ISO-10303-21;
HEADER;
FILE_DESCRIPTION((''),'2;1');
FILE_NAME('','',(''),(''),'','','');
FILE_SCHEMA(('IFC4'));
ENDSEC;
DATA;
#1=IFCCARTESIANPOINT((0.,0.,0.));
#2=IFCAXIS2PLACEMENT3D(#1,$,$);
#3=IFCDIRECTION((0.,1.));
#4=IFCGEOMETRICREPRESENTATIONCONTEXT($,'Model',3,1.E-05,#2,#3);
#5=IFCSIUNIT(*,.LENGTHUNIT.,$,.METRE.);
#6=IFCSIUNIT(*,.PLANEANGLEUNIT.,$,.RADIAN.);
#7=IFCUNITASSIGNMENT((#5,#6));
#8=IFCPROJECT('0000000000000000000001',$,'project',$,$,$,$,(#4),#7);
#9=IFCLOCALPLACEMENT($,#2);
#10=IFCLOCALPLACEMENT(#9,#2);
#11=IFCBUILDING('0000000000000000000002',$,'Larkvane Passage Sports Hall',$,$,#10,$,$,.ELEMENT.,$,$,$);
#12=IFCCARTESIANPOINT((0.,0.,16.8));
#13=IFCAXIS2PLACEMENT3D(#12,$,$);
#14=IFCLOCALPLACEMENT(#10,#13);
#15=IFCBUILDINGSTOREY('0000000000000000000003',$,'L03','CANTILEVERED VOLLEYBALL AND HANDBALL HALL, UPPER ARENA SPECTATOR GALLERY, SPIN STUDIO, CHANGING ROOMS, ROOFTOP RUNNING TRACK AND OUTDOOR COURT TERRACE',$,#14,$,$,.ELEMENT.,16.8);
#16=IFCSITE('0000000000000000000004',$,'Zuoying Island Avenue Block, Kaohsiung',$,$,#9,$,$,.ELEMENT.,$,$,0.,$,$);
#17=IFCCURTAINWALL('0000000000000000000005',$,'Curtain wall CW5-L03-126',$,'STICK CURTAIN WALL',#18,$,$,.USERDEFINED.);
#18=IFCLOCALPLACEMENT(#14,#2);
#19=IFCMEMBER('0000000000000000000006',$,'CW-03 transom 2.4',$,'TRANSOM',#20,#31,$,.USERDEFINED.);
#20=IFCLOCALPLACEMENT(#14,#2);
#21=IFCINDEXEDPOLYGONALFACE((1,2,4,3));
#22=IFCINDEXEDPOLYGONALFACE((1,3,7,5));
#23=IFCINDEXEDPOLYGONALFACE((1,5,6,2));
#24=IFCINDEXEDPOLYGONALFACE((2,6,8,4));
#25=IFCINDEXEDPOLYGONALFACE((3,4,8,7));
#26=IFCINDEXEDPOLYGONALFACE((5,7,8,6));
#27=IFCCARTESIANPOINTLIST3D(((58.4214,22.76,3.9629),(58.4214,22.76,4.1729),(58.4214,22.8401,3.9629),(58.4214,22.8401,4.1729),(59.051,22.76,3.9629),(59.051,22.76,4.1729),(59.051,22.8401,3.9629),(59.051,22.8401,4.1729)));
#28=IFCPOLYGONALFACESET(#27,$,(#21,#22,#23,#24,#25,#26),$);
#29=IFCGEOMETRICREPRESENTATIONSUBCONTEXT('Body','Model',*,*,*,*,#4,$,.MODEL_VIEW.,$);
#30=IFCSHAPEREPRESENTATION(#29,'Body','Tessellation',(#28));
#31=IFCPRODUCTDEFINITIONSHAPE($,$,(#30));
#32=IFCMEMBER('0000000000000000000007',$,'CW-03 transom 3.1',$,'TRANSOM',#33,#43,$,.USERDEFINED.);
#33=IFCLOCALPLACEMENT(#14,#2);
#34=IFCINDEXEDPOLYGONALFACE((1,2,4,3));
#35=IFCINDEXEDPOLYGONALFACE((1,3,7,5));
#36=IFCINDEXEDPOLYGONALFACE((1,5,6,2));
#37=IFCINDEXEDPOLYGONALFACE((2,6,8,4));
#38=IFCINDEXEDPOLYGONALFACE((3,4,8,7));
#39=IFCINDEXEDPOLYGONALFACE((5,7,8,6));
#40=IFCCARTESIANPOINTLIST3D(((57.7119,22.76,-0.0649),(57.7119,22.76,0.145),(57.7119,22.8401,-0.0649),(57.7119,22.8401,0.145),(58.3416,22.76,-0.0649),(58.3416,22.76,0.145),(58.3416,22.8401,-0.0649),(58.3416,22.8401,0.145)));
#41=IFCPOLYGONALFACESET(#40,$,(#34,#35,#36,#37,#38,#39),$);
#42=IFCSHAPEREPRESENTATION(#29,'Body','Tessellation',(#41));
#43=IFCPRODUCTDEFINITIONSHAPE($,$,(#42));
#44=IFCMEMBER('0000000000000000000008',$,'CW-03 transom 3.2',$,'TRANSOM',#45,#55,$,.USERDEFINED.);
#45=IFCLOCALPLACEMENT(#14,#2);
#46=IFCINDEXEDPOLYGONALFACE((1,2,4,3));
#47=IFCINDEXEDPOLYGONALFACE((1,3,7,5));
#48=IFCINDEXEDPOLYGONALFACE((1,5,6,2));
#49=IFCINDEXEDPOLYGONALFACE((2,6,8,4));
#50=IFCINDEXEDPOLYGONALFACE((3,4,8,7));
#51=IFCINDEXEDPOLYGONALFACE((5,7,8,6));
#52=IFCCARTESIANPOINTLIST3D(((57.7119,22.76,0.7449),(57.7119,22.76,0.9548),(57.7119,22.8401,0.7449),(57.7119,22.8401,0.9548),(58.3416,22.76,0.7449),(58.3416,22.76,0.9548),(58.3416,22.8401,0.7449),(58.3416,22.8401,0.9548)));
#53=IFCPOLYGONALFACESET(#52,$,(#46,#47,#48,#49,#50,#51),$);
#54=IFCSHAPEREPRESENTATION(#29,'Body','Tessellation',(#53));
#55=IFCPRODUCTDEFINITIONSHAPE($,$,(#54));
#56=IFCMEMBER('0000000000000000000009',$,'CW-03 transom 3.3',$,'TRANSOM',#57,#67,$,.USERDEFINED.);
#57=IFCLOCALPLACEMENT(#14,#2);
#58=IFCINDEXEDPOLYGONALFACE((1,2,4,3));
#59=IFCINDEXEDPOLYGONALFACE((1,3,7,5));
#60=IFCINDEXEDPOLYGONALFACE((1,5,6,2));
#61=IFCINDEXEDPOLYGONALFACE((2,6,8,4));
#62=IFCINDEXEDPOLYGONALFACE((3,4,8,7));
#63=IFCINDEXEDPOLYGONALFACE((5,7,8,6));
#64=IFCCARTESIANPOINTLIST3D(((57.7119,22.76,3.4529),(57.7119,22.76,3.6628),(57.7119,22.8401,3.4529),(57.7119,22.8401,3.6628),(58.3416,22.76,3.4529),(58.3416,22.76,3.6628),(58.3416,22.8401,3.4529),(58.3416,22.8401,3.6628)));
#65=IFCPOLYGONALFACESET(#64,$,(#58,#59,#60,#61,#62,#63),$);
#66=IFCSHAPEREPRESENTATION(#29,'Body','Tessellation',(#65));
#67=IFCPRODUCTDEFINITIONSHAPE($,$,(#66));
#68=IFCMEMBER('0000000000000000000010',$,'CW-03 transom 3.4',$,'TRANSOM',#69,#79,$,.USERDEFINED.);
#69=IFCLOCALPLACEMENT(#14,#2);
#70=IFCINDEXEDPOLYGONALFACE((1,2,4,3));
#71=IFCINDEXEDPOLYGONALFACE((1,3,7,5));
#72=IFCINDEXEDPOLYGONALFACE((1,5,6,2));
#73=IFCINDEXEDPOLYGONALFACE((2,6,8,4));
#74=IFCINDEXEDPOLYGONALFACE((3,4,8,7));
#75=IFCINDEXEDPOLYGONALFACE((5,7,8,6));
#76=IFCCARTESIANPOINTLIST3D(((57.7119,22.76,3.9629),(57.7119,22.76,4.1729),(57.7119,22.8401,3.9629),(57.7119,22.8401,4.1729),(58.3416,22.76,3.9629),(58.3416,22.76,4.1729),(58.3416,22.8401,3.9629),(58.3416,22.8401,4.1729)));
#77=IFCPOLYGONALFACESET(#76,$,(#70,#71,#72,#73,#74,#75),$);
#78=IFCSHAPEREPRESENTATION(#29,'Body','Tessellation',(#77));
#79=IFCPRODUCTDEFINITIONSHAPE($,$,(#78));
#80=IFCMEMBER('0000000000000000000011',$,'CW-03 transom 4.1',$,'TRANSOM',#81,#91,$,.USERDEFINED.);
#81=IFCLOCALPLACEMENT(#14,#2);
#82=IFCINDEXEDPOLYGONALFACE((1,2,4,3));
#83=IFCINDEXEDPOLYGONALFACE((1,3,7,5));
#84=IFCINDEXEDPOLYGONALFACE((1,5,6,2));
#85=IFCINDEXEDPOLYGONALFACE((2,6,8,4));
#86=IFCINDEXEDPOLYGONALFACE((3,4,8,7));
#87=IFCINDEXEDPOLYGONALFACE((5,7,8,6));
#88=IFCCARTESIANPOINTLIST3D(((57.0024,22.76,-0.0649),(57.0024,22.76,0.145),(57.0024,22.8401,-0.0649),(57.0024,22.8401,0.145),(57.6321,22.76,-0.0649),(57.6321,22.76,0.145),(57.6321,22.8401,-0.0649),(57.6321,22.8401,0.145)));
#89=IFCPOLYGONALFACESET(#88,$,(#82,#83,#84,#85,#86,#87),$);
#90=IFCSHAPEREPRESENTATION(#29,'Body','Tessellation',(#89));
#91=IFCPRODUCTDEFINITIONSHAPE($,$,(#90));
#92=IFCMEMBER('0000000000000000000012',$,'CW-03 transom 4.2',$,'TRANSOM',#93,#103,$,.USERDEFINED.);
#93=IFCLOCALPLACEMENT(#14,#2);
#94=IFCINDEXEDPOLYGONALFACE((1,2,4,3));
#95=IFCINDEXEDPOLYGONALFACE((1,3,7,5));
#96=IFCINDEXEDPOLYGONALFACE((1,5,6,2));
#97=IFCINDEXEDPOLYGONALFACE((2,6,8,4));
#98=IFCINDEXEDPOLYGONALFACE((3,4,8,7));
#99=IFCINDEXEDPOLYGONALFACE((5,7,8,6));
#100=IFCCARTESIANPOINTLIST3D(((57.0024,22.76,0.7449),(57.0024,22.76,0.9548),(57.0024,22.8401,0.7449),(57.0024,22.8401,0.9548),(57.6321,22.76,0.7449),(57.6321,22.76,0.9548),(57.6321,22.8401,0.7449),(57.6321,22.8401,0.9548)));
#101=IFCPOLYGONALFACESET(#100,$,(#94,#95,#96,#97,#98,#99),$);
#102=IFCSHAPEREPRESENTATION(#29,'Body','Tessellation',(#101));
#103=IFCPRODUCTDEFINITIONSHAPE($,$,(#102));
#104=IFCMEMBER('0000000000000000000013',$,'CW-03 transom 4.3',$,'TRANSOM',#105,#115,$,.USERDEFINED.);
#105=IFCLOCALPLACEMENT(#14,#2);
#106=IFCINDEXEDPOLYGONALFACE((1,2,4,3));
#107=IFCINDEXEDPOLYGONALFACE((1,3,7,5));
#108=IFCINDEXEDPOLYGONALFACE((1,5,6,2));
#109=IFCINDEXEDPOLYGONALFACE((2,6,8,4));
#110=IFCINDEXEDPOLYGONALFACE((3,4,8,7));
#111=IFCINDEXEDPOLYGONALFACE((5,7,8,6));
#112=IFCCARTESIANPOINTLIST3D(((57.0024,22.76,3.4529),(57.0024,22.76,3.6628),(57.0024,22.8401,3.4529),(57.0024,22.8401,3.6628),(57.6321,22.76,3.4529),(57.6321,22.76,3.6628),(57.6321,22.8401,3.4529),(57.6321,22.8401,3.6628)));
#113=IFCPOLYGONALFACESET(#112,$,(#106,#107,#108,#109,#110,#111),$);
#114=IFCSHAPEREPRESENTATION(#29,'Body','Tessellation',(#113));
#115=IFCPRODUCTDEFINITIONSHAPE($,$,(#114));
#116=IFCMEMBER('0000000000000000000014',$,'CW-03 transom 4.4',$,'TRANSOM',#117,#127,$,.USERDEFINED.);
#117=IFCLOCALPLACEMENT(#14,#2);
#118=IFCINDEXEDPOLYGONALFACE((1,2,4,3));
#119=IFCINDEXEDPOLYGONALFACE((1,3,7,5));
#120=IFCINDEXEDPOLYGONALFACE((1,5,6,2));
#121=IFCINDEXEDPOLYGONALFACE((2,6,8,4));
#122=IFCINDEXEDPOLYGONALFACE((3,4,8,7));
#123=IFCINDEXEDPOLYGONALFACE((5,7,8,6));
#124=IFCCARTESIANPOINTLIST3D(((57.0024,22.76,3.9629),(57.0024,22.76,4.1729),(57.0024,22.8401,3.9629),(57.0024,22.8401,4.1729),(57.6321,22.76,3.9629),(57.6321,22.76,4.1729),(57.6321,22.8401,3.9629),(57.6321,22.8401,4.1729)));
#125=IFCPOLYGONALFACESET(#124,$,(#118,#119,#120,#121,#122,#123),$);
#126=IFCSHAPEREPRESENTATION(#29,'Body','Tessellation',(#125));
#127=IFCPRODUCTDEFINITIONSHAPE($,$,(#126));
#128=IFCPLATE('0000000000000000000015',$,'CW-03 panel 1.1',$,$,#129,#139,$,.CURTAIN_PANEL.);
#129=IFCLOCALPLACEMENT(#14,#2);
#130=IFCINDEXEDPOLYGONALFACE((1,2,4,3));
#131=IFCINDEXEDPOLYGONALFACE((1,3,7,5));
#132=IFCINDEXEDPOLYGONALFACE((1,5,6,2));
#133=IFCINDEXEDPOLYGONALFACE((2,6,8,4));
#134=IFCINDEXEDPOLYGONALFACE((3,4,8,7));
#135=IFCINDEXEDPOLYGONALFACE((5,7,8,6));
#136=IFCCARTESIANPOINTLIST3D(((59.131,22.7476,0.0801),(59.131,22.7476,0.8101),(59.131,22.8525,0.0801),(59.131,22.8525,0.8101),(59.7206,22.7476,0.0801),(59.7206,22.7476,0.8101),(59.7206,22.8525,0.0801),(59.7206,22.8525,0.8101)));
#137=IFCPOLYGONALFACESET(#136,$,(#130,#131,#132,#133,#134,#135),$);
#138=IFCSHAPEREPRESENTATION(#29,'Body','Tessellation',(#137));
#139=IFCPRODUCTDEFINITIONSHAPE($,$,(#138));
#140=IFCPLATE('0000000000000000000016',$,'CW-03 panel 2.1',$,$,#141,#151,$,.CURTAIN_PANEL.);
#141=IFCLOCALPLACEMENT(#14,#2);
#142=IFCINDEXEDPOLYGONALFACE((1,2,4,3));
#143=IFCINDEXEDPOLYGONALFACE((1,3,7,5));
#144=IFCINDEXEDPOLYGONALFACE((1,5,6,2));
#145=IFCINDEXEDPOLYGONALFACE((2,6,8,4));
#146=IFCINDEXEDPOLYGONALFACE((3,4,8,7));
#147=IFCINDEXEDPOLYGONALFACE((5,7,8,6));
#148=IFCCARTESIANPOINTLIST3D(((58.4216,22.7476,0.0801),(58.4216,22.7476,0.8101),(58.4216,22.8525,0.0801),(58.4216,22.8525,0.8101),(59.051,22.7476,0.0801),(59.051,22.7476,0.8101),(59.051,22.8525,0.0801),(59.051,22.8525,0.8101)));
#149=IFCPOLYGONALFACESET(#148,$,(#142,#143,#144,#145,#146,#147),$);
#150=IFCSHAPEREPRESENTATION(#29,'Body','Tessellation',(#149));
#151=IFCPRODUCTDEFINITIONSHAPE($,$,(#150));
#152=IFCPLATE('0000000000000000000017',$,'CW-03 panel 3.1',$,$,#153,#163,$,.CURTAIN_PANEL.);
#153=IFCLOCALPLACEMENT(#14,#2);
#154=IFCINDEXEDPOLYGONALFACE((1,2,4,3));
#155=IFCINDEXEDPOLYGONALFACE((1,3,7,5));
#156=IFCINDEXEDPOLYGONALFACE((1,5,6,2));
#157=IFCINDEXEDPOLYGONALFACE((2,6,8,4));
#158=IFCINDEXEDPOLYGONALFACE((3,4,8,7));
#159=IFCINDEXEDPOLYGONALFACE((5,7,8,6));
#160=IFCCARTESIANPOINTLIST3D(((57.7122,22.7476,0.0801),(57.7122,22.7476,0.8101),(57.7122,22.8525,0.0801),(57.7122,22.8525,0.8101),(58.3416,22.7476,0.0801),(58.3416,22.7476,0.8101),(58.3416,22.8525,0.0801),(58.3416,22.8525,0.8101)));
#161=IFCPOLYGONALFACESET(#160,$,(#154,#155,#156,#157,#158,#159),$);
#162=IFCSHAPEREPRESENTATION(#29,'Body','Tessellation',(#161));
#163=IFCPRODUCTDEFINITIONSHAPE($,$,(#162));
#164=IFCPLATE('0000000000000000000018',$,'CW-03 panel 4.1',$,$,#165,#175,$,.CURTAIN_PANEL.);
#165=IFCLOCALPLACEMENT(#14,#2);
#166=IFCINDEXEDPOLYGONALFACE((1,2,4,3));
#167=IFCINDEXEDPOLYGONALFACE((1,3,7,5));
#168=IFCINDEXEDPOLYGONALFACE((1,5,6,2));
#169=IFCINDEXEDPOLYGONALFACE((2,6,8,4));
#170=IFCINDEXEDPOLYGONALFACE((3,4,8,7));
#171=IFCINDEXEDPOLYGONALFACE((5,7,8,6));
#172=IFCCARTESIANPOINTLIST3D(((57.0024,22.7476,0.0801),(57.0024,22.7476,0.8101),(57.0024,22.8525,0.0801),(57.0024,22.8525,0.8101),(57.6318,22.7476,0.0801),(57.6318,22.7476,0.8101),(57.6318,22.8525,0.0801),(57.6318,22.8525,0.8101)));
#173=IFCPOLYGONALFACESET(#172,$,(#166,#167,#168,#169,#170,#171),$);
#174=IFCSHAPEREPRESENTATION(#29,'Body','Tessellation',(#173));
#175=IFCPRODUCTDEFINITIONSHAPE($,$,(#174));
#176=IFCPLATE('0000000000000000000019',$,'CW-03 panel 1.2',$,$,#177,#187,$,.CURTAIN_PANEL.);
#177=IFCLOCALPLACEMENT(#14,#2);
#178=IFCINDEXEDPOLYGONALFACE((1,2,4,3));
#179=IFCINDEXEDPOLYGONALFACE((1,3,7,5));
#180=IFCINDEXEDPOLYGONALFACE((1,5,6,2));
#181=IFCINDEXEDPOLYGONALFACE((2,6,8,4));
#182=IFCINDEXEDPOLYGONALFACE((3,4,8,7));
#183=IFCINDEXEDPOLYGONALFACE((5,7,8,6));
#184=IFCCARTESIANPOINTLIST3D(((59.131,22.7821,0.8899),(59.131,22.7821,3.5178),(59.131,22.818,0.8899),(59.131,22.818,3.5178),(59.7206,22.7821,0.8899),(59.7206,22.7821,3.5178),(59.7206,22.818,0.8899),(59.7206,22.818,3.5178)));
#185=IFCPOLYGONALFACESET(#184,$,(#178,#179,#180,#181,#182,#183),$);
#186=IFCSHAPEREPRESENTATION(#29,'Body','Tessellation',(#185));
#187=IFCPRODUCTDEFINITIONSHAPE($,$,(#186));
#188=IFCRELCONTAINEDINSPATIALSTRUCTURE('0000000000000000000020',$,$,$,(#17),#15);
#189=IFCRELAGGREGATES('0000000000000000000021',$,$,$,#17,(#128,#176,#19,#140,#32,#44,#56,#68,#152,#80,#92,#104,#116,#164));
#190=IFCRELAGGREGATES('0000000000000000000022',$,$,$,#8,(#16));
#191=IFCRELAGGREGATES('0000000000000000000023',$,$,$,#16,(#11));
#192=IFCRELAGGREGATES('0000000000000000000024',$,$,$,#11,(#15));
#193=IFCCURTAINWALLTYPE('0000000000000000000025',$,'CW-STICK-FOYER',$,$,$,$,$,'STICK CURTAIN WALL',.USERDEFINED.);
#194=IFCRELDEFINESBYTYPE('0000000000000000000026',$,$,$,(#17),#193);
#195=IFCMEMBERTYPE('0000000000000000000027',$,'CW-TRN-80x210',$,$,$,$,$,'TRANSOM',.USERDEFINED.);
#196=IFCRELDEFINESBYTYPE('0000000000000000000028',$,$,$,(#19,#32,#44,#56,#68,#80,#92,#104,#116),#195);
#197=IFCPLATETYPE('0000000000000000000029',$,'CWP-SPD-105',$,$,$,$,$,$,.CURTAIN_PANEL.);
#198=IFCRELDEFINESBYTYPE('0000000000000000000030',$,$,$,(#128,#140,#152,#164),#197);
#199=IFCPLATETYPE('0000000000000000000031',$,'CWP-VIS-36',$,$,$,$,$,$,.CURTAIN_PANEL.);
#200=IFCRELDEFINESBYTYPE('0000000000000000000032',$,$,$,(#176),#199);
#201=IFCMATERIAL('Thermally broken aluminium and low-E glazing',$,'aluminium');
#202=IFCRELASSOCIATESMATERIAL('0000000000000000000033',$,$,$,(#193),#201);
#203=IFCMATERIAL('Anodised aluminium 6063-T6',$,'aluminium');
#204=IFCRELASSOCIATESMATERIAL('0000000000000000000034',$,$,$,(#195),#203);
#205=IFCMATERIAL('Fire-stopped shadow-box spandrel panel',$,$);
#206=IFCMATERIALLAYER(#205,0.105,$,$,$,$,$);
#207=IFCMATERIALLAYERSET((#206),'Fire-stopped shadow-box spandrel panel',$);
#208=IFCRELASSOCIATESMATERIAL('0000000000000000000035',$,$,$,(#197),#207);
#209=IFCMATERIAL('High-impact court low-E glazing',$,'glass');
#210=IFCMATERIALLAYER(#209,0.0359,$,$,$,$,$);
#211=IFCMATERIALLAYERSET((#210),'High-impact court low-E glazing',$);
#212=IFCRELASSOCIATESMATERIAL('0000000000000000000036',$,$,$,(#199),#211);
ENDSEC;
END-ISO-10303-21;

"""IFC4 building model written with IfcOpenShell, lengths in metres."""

from ifc_helpers import new_model, si_unit, direction, frame, origin, origin_2d, place, context, subcontext, project, spatial, rectangle, extrude, material, layer, layer_set, material_profile, profile_set, type_object, element, aggregate, save


model = new_model("IFC4")

# Units and contexts
model_context = context("Model", 3, precision=1e-05, world=origin(), true_north=direction((0.0, 1.0)))
body_context = subcontext(model_context, "Body", "Model", "MODEL_VIEW")
ifc_project = project(units=[si_unit("LENGTHUNIT", "METRE"), si_unit("PLANEANGLEUNIT", "RADIAN")], contexts=[model_context])

# Site, building, storey
site_placement = place(None, origin())
site = spatial("IfcSite", under=ifc_project, at=site_placement, Name="Zuoying Island Avenue Block, Kaohsiung", CompositionType="ELEMENT", RefElevation=0.0)
building_placement = place(site_placement, origin())
building = spatial("IfcBuilding", under=site, at=building_placement, Name="Larkvane Passage Sports Hall", CompositionType="ELEMENT")
storey_placement = place(building_placement, frame((0.0, 0.0, 16.8)))
storey = spatial("IfcBuildingStorey", under=building, at=storey_placement, Name="L03", Description="CANTILEVERED VOLLEYBALL AND HANDBALL HALL, UPPER ARENA SPECTATOR GALLERY, SPIN STUDIO, CHANGING ROOMS, ROOFTOP RUNNING TRACK AND OUTDOOR COURT TERRACE", CompositionType="ELEMENT", Elevation=16.8)

# Curtain wall, members, plates
ifc_material_1 = material(Name="Thermally broken aluminium and low-E glazing", Category="aluminium")
curtain_wall_type = type_object("IfcCurtainWallType", Name="CW-STICK-FOYER", ElementType="STICK CURTAIN WALL", PredefinedType="USERDEFINED", material=ifc_material_1)
curtain_wall_placement = place(storey_placement, origin())
curtain_wall = element("IfcCurtainWall", 1, at=curtain_wall_placement, inside=storey, type_object=curtain_wall_type, Name="Curtain wall CW5-L03-126", ObjectType="STICK CURTAIN WALL", PredefinedType="USERDEFINED")
ifc_material_2 = material(Name="Anodised aluminium 6063-T6", Category="aluminium")
ifc_material_profile_1 = material_profile(ifc_material_2, rectangle(XDim=0.0801, YDim=0.21, at=origin_2d()), Name="ALU-TRN-80x210")
ifc_profile_set_1 = profile_set([ifc_material_profile_1], Name="Anodised aluminium 6063-T6")
member_type_1 = type_object("IfcMemberType", Name="CW-TRN-80x210", ElementType="TRANSOM", PredefinedType="USERDEFINED", material=ifc_profile_set_1)
member_1_placement = place(storey_placement, frame((59.051, 22.8, 4.0679), z_axis=(-1.0, 0.0, 0.0), x_axis=(0.0, -1.0, 0.0)))
member_1 = element("IfcMember", 2, at=member_1_placement, type_object=member_type_1, Name="CW-03 transom 2.4", ObjectType="TRANSOM", PredefinedType="USERDEFINED", context=body_context, shape_type="SweptSolid", body=[
    extrude(rectangle(XDim=0.0801, YDim=0.21, at=origin_2d()), origin(), (0.0, 0.0, 1.0), 0.6296),
])
member_2_placement = place(storey_placement, frame((58.3416, 22.8, 0.04), z_axis=(-1.0, 0.0, 0.0), x_axis=(0.0, -1.0, 0.0)))
member_2 = element("IfcMember", 3, at=member_2_placement, type_object=member_type_1, Name="CW-03 transom 3.1", ObjectType="TRANSOM", PredefinedType="USERDEFINED", context=body_context, shape_type="SweptSolid", body=[
    extrude(rectangle(XDim=0.0801, YDim=0.21, at=origin_2d()), origin(), (0.0, 0.0, 1.0), 0.6296),
])
member_3_placement = place(storey_placement, frame((58.3416, 22.8, 0.8499), z_axis=(-1.0, 0.0, 0.0), x_axis=(0.0, -1.0, 0.0)))
member_3 = element("IfcMember", 4, at=member_3_placement, type_object=member_type_1, Name="CW-03 transom 3.2", ObjectType="TRANSOM", PredefinedType="USERDEFINED", context=body_context, shape_type="SweptSolid", body=[
    extrude(rectangle(XDim=0.0801, YDim=0.21, at=origin_2d()), origin(), (0.0, 0.0, 1.0), 0.6296),
])
member_4_placement = place(storey_placement, frame((58.3416, 22.8, 3.5579), z_axis=(-1.0, 0.0, 0.0), x_axis=(0.0, -1.0, 0.0)))
member_4 = element("IfcMember", 5, at=member_4_placement, type_object=member_type_1, Name="CW-03 transom 3.3", ObjectType="TRANSOM", PredefinedType="USERDEFINED", context=body_context, shape_type="SweptSolid", body=[
    extrude(rectangle(XDim=0.0801, YDim=0.21, at=origin_2d()), origin(), (0.0, 0.0, 1.0), 0.6296),
])
member_5_placement = place(storey_placement, frame((58.3416, 22.8, 4.0679), z_axis=(-1.0, 0.0, 0.0), x_axis=(0.0, -1.0, 0.0)))
member_5 = element("IfcMember", 6, at=member_5_placement, type_object=member_type_1, Name="CW-03 transom 3.4", ObjectType="TRANSOM", PredefinedType="USERDEFINED", context=body_context, shape_type="SweptSolid", body=[
    extrude(rectangle(XDim=0.0801, YDim=0.21, at=origin_2d()), origin(), (0.0, 0.0, 1.0), 0.6296),
])
member_6_placement = place(storey_placement, frame((57.6321, 22.8, 0.04), z_axis=(-1.0, 0.0, 0.0), x_axis=(0.0, -1.0, 0.0)))
member_6 = element("IfcMember", 7, at=member_6_placement, type_object=member_type_1, Name="CW-03 transom 4.1", ObjectType="TRANSOM", PredefinedType="USERDEFINED", context=body_context, shape_type="SweptSolid", body=[
    extrude(rectangle(XDim=0.0801, YDim=0.21, at=origin_2d()), origin(), (0.0, 0.0, 1.0), 0.6296),
])
member_7_placement = place(storey_placement, frame((57.6321, 22.8, 0.8499), z_axis=(-1.0, 0.0, 0.0), x_axis=(0.0, -1.0, 0.0)))
member_7 = element("IfcMember", 8, at=member_7_placement, type_object=member_type_1, Name="CW-03 transom 4.2", ObjectType="TRANSOM", PredefinedType="USERDEFINED", context=body_context, shape_type="SweptSolid", body=[
    extrude(rectangle(XDim=0.0801, YDim=0.21, at=origin_2d()), origin(), (0.0, 0.0, 1.0), 0.6296),
])
member_8_placement = place(storey_placement, frame((57.6321, 22.8, 3.5579), z_axis=(-1.0, 0.0, 0.0), x_axis=(0.0, -1.0, 0.0)))
member_8 = element("IfcMember", 9, at=member_8_placement, type_object=member_type_1, Name="CW-03 transom 4.3", ObjectType="TRANSOM", PredefinedType="USERDEFINED", context=body_context, shape_type="SweptSolid", body=[
    extrude(rectangle(XDim=0.0801, YDim=0.21, at=origin_2d()), origin(), (0.0, 0.0, 1.0), 0.6296),
])
member_9_placement = place(storey_placement, frame((57.6321, 22.8, 4.0679), z_axis=(-1.0, 0.0, 0.0), x_axis=(0.0, -1.0, 0.0)))
member_9 = element("IfcMember", 10, at=member_9_placement, type_object=member_type_1, Name="CW-03 transom 4.4", ObjectType="TRANSOM", PredefinedType="USERDEFINED", context=body_context, shape_type="SweptSolid", body=[
    extrude(rectangle(XDim=0.0801, YDim=0.21, at=origin_2d()), origin(), (0.0, 0.0, 1.0), 0.6296),
])
ifc_material_3 = material(Name="Fire-stopped shadow-box spandrel panel")
ifc_layer_1 = layer(ifc_material_3, 0.105)
ifc_layer_set_1 = layer_set([ifc_layer_1], Name="Fire-stopped shadow-box spandrel panel")
plate_type_1 = type_object("IfcPlateType", Name="CWP-SPD-105", PredefinedType="CURTAIN_PANEL", material=ifc_layer_set_1)
plate_1_placement = place(storey_placement, frame((59.4258, 22.8, 0.0801), z_axis=(0.0, 0.0, 1.0), x_axis=(-1.0, 0.0, 0.0)))
plate_1 = element("IfcPlate", 11, at=plate_1_placement, type_object=plate_type_1, Name="CW-03 panel 1.1", PredefinedType="CURTAIN_PANEL", context=body_context, shape_type="SweptSolid", body=[
    extrude(rectangle(XDim=0.5896, YDim=0.105, at=origin_2d()), origin(), (0.0, 0.0, 1.0), 0.73),
])
plate_2_placement = place(storey_placement, frame((58.7363, 22.8, 0.0801), z_axis=(0.0, 0.0, 1.0), x_axis=(-1.0, 0.0, 0.0)))
plate_2 = element("IfcPlate", 12, at=plate_2_placement, type_object=plate_type_1, Name="CW-03 panel 2.1", PredefinedType="CURTAIN_PANEL", context=body_context, shape_type="SweptSolid", body=[
    extrude(rectangle(XDim=0.6294, YDim=0.105, at=origin_2d()), origin(), (0.0, 0.0, 1.0), 0.73),
])
plate_3_placement = place(storey_placement, frame((58.0269, 22.8, 0.0801), z_axis=(0.0, 0.0, 1.0), x_axis=(-1.0, 0.0, 0.0)))
plate_3 = element("IfcPlate", 13, at=plate_3_placement, type_object=plate_type_1, Name="CW-03 panel 3.1", PredefinedType="CURTAIN_PANEL", context=body_context, shape_type="SweptSolid", body=[
    extrude(rectangle(XDim=0.6294, YDim=0.105, at=origin_2d()), origin(), (0.0, 0.0, 1.0), 0.73),
])
plate_4_placement = place(storey_placement, frame((57.3171, 22.8, 0.0801), z_axis=(0.0, 0.0, 1.0), x_axis=(-1.0, 0.0, 0.0)))
plate_4 = element("IfcPlate", 14, at=plate_4_placement, type_object=plate_type_1, Name="CW-03 panel 4.1", PredefinedType="CURTAIN_PANEL", context=body_context, shape_type="SweptSolid", body=[
    extrude(rectangle(XDim=0.6294, YDim=0.105, at=origin_2d()), origin(), (0.0, 0.0, 1.0), 0.73),
])
ifc_material_4 = material(Name="High-impact court low-E glazing", Category="glass")
ifc_layer_2 = layer(ifc_material_4, 0.0359)
ifc_layer_set_2 = layer_set([ifc_layer_2], Name="High-impact court low-E glazing")
plate_type_2 = type_object("IfcPlateType", Name="CWP-VIS-36", PredefinedType="CURTAIN_PANEL", material=ifc_layer_set_2)
plate_5_placement = place(storey_placement, frame((59.4258, 22.8, 0.8899), z_axis=(0.0, 0.0, 1.0), x_axis=(-1.0, 0.0, 0.0)))
plate_5 = element("IfcPlate", 15, at=plate_5_placement, type_object=plate_type_2, Name="CW-03 panel 1.2", PredefinedType="CURTAIN_PANEL", context=body_context, shape_type="SweptSolid", body=[
    extrude(rectangle(XDim=0.5896, YDim=0.0359, at=origin_2d()), origin(), (0.0, 0.0, 1.0), 2.6279),
])
aggregate(curtain_wall, [plate_1, plate_5, member_1, plate_2, member_2, member_3, member_4, member_5, plate_3, member_6, member_7, member_8, member_9, plate_4])

save(model, "model.ifc")
